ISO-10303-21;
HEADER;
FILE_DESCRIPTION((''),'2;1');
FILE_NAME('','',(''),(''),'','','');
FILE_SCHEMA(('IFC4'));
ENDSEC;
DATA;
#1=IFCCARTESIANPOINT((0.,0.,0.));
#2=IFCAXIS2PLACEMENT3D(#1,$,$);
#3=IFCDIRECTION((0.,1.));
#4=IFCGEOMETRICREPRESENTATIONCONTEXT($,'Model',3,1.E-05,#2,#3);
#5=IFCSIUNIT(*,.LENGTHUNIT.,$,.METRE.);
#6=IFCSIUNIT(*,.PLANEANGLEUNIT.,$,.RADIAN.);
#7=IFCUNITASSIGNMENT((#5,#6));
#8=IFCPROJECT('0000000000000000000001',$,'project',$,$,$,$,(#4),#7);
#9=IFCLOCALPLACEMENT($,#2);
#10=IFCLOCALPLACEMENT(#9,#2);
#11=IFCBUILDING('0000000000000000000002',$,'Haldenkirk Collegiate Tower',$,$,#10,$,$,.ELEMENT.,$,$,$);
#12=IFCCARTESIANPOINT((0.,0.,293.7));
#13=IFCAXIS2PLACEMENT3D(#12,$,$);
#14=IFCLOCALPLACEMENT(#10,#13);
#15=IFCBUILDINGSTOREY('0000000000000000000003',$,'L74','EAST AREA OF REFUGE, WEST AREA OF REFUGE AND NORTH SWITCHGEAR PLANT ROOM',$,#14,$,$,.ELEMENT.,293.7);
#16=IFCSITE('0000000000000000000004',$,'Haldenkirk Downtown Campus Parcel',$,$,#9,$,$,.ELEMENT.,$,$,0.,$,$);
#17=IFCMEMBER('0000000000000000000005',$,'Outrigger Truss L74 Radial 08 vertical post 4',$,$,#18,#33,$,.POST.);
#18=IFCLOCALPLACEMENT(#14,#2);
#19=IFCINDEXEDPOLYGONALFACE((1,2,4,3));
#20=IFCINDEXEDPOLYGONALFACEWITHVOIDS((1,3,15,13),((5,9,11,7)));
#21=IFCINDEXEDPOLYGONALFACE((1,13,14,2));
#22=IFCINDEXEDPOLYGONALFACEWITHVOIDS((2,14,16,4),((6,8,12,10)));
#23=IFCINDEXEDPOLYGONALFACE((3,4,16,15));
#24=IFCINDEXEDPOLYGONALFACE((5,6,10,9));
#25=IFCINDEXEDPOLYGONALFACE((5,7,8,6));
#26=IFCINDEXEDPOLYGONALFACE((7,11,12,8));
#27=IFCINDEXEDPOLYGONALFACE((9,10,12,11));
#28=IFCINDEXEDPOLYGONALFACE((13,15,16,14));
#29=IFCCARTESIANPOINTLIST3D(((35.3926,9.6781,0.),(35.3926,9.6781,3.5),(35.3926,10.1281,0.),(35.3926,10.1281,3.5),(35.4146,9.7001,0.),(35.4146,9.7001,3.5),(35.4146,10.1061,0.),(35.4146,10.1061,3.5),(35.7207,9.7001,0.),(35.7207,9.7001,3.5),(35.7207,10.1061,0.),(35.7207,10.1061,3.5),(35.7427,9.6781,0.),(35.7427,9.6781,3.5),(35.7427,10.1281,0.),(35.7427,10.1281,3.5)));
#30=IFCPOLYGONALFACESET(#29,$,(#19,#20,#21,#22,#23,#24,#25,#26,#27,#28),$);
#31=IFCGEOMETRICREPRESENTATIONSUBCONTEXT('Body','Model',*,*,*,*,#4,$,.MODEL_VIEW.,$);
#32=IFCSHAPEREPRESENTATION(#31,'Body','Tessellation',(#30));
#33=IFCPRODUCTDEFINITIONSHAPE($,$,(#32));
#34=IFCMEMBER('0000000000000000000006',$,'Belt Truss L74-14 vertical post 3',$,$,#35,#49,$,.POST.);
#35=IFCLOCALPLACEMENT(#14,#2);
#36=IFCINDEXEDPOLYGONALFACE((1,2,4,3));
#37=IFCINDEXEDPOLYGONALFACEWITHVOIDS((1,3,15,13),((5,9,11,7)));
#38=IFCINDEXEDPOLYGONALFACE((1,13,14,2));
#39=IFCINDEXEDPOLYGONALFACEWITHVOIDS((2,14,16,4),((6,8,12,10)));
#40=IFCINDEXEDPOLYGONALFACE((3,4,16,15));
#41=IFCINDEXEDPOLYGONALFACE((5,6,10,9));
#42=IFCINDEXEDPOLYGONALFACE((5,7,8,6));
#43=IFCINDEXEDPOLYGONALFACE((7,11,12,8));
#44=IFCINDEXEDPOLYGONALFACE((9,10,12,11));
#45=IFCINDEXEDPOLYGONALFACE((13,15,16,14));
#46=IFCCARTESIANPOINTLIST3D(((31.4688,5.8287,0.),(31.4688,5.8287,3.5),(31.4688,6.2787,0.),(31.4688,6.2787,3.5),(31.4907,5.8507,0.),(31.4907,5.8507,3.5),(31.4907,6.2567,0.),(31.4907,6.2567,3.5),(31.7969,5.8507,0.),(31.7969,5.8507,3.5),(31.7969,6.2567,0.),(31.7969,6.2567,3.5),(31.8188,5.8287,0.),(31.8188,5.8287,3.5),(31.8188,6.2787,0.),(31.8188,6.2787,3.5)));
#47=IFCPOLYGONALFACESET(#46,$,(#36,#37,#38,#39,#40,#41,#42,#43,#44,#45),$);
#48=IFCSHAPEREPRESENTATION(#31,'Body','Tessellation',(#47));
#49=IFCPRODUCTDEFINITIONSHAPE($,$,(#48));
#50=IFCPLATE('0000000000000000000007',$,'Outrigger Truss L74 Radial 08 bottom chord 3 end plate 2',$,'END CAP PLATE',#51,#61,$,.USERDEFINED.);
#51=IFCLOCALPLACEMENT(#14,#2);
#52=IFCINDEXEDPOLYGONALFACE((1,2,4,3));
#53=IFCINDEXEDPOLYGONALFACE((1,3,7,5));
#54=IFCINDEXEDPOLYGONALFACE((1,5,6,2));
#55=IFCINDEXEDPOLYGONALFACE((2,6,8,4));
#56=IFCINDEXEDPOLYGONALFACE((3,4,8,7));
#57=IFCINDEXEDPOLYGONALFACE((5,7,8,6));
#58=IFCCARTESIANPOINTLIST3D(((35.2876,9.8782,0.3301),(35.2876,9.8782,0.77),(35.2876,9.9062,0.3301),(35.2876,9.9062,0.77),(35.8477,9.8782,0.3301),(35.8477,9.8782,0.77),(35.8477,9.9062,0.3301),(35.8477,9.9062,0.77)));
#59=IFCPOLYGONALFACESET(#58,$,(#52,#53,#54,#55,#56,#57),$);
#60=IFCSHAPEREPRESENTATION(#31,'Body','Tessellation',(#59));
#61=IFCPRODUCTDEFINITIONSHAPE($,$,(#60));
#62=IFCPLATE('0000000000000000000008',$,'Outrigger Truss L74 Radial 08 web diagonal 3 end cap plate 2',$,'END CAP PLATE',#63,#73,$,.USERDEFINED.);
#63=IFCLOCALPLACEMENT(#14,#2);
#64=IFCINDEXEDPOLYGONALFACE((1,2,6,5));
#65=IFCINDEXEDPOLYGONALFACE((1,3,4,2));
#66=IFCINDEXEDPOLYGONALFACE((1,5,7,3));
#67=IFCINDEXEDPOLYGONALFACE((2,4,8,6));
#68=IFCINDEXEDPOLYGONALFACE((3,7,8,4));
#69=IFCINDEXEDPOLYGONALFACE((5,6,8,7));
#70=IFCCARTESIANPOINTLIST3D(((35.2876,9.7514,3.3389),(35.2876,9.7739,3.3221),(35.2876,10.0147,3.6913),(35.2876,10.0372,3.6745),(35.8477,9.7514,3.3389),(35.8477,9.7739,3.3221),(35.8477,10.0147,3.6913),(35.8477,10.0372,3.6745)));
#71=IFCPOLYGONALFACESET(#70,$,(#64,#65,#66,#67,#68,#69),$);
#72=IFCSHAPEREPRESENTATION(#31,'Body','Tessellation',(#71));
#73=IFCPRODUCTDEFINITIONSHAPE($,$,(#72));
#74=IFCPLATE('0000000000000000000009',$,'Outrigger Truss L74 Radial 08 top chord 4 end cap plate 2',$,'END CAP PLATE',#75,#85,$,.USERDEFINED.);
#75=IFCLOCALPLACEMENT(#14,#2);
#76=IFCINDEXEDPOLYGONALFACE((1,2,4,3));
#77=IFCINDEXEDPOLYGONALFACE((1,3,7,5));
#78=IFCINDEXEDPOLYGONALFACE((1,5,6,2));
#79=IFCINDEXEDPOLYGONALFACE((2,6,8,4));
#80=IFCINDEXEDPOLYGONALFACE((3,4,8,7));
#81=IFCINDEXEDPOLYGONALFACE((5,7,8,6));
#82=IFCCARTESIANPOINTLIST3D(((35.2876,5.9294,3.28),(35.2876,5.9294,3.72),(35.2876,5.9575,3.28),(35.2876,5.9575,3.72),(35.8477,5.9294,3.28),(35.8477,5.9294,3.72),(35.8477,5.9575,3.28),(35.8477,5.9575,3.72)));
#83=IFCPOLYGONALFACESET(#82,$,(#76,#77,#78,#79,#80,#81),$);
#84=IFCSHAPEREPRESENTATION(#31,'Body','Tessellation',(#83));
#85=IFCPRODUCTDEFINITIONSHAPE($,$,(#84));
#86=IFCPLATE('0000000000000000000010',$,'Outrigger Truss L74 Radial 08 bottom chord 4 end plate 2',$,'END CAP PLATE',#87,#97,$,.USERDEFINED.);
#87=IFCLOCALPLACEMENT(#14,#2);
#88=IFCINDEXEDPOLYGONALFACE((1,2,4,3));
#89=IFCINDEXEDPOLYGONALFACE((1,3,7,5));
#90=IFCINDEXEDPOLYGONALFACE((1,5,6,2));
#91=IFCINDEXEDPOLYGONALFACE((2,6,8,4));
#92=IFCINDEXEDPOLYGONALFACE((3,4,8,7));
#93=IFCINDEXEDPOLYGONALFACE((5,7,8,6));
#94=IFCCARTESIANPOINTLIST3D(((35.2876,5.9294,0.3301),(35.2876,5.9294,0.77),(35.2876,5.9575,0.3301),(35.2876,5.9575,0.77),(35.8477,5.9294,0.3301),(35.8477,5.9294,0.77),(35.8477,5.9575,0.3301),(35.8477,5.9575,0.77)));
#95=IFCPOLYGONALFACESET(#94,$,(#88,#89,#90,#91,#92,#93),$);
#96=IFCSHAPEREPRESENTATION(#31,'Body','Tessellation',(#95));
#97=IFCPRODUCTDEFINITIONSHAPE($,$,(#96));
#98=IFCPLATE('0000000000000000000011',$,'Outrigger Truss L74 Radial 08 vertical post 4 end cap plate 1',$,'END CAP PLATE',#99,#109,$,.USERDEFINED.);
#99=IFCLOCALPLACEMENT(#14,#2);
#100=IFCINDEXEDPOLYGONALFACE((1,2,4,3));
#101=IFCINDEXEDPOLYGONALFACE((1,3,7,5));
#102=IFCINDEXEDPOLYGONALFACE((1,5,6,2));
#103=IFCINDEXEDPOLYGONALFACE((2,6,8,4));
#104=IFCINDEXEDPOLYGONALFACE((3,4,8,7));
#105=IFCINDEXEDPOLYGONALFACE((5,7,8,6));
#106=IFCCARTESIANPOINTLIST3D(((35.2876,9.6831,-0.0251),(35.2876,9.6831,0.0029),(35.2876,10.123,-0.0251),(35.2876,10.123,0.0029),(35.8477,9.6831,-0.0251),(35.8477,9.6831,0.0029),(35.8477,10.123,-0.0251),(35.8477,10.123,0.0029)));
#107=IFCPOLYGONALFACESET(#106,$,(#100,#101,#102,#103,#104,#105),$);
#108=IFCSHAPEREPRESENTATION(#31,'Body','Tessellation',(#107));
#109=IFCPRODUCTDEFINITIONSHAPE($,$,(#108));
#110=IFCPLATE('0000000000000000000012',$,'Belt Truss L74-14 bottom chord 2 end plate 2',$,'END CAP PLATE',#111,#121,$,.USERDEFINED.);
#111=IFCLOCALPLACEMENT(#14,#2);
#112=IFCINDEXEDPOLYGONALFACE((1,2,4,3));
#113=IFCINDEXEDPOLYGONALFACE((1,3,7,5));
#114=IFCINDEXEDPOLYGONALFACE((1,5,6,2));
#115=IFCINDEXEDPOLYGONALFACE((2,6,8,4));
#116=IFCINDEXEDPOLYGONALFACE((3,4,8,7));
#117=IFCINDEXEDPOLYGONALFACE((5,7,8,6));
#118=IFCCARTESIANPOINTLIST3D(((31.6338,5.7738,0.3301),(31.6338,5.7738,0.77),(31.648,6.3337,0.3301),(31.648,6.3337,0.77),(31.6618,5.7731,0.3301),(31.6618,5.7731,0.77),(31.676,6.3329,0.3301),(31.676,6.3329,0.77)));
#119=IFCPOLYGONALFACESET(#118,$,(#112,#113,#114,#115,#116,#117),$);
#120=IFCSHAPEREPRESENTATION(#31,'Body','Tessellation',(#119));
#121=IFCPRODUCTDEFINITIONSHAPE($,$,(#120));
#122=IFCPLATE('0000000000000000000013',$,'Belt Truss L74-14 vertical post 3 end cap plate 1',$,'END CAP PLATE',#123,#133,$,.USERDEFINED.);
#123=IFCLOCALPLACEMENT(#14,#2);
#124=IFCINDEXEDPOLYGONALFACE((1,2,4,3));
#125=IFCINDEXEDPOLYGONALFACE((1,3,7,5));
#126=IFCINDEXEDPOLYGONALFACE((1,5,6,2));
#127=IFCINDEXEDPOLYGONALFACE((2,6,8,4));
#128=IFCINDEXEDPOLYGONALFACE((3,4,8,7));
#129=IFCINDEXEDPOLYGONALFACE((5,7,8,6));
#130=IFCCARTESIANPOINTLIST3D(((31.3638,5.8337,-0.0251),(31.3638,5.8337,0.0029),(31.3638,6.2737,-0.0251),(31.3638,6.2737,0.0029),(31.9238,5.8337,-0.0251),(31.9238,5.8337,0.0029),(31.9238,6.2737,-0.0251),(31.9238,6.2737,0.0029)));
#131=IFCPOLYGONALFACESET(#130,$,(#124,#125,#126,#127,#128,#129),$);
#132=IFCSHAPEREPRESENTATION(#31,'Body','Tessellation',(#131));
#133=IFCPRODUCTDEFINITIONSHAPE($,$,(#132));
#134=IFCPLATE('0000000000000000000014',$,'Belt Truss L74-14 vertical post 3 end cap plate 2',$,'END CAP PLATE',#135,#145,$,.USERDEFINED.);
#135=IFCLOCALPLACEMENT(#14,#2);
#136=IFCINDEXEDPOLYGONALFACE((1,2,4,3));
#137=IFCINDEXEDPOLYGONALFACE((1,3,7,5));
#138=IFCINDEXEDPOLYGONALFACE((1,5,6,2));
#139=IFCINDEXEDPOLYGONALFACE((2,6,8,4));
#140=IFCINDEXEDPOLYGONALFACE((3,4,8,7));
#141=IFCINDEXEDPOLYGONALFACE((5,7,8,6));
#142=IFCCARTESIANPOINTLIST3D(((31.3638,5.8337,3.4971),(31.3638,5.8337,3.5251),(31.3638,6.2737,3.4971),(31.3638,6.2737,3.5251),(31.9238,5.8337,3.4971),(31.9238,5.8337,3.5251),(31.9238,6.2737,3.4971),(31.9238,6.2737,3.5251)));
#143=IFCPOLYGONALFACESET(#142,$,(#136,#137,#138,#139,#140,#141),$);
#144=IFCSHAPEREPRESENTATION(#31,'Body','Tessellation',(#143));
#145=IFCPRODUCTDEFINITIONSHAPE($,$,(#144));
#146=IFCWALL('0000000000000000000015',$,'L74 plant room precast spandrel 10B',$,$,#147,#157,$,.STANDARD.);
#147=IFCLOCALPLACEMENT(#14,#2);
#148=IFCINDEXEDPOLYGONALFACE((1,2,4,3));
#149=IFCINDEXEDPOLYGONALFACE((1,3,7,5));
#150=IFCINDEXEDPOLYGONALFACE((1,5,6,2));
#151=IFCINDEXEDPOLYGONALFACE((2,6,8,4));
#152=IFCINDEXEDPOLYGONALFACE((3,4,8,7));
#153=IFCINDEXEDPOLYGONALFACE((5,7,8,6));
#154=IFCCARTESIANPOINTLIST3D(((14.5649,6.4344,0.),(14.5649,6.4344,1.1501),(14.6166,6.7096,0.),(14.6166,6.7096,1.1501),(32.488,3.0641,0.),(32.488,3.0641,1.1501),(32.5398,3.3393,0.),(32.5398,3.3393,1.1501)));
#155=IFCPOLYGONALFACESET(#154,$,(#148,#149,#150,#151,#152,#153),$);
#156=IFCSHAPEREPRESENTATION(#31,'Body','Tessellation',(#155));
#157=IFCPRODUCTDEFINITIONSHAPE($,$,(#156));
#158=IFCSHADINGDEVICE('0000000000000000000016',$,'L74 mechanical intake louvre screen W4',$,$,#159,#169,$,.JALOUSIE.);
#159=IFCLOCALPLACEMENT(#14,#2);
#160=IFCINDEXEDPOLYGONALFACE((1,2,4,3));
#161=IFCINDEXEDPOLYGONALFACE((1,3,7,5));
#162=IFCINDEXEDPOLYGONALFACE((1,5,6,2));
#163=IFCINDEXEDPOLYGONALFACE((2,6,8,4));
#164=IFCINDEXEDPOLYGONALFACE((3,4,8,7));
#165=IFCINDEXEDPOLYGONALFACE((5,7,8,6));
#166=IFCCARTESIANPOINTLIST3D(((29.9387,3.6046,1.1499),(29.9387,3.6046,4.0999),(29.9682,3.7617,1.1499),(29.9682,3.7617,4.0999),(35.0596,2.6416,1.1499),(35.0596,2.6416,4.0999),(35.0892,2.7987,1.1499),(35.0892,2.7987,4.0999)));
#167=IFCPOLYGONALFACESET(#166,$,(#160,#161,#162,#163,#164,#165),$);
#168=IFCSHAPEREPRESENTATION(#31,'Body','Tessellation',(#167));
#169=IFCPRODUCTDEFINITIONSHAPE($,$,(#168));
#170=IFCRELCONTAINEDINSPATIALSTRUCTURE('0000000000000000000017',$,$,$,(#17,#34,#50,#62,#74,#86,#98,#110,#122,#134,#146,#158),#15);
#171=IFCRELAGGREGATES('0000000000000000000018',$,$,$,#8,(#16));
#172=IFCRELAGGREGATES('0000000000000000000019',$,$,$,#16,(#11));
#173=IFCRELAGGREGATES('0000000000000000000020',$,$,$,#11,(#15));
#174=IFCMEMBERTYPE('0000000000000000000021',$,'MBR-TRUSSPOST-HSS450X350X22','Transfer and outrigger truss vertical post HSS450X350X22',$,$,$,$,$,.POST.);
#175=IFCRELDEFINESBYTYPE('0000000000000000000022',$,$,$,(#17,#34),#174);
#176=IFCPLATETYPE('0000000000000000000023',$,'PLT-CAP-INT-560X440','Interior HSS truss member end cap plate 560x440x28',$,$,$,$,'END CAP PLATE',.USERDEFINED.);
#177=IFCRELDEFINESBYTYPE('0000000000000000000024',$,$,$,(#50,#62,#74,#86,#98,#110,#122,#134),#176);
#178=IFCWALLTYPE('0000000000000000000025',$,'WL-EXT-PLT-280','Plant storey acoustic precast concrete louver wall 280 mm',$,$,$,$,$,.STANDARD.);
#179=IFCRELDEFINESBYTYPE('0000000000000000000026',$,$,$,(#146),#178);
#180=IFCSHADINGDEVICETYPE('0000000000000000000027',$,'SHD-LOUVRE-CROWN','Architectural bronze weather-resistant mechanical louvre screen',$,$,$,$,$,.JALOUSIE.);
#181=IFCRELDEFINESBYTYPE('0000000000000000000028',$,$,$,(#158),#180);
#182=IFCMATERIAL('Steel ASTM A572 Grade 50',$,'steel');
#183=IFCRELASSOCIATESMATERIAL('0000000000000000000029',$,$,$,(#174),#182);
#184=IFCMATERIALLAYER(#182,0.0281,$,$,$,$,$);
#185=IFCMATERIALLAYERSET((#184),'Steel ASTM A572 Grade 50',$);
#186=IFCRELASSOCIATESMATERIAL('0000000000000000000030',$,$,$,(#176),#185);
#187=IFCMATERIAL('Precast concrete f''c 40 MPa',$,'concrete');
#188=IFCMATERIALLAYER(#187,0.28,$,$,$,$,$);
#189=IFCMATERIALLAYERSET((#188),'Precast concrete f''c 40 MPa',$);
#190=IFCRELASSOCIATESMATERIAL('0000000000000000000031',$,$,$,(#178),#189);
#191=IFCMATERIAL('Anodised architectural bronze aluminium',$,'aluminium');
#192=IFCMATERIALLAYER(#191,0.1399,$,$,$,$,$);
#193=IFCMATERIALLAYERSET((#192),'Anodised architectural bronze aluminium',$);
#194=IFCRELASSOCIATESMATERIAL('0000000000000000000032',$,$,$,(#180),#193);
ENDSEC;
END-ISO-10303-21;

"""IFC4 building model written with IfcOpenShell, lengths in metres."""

from ifc_helpers import new_model, si_unit, direction, frame, frame_2d, origin, origin_2d, place, context, subcontext, project, spatial, rectangle, hollow_rectangle, extrude, source, transform, mapped, material, layer, layer_set, material_profile, profile_set, type_object, element, save


model = new_model("IFC4")

# Units and contexts
model_context = context("Model", 3, precision=1e-05, world=origin(), true_north=direction((0.0, 1.0)))
body_context = subcontext(model_context, "Body", "Model", "MODEL_VIEW")
ifc_project = project(units=[si_unit("LENGTHUNIT", "METRE"), si_unit("PLANEANGLEUNIT", "RADIAN")], contexts=[model_context])

# Site, building, storey
site_placement = place(None, origin())
site = spatial("IfcSite", under=ifc_project, at=site_placement, Name="Haldenkirk Downtown Campus Parcel", CompositionType="ELEMENT", RefElevation=0.0)
building_placement = place(site_placement, origin())
building = spatial("IfcBuilding", under=site, at=building_placement, Name="Haldenkirk Collegiate Tower", CompositionType="ELEMENT")
storey_placement = place(building_placement, frame((0.0, 0.0, 293.7)))
storey = spatial("IfcBuildingStorey", under=building, at=storey_placement, Name="L74", Description="EAST AREA OF REFUGE, WEST AREA OF REFUGE AND NORTH SWITCHGEAR PLANT ROOM", CompositionType="ELEMENT", Elevation=293.7)

# Members
ifc_material_1 = material(Name="Steel ASTM A572 Grade 50", Category="steel")
ifc_material_profile_1 = material_profile(ifc_material_1, hollow_rectangle(XDim=0.3501, YDim=0.45, WallThickness=0.022, at=origin_2d()), Name="HSS450X350X22")
ifc_profile_set_1 = profile_set([ifc_material_profile_1], Name="Steel ASTM A572 Grade 50")
member_type_1 = type_object("IfcMemberType", Name="MBR-TRUSSPOST-HSS450X350X22", Description="Transfer and outrigger truss vertical post HSS450X350X22", PredefinedType="POST", material=ifc_profile_set_1)
for number, where, z_axis, x_axis, name in (
    (1, (35.5676, 9.9031, 0.0), (0.0, 0.0, 1.0), (1.0, 0.0, 0.0), "Outrigger Truss L74 Radial 08 vertical post 4"),
    (2, (31.6438, 6.0537, 0.0), (0.0, 0.0, 1.0), (1.0, 0.0, 0.0), "Belt Truss L74-14 vertical post 3"),
):
    element("IfcMember", number, at=place(storey_placement, frame(where, z_axis=z_axis, x_axis=x_axis)), inside=storey, type_object=member_type_1, Name=name, PredefinedType="POST", context=body_context, shape_type="SweptSolid", body=[
        extrude(hollow_rectangle(XDim=0.3501, YDim=0.45, WallThickness=0.022, at=origin_2d()), origin(), (0.0, 0.0, 1.0), 3.5),
    ])

# Plates
ifc_layer_1 = layer(ifc_material_1, 0.0281)
ifc_layer_set_1 = layer_set([ifc_layer_1], Name="Steel ASTM A572 Grade 50")
plate_type = type_object("IfcPlateType", Name="PLT-CAP-INT-560X440", Description="Interior HSS truss member end cap plate 560x440x28", ElementType="END CAP PLATE", PredefinedType="USERDEFINED", material=ifc_layer_set_1)
shared_shape_1 = source(origin(), body_context, "Body", "SweptSolid", [
    extrude(rectangle(XDim=0.5601, YDim=0.4399, at=origin_2d()), origin(), (0.0, 0.0, 1.0), 0.0281),
])
for number, where, z_axis, x_axis, name in (
    (3, (35.5676, 9.9062, 0.55), (0.0, -1.0, 0.0), (1.0, 0.0, 0.0), "Outrigger Truss L74 Radial 08 bottom chord 3 end plate 2"),
    (4, (35.5676, 9.9055, 3.4983), (0.0, -0.801106, 0.598522), (1.0, 0.0, 0.0), "Outrigger Truss L74 Radial 08 web diagonal 3 end cap plate 2"),
    (5, (35.5676, 5.9575, 3.5), (0.0, -1.0, 0.0), (1.0, 0.0, 0.0), "Outrigger Truss L74 Radial 08 top chord 4 end cap plate 2"),
    (6, (35.5676, 5.9575, 0.55), (0.0, -1.0, 0.0), (1.0, 0.0, 0.0), "Outrigger Truss L74 Radial 08 bottom chord 4 end plate 2"),
    (7, (35.5676, 9.9031, 0.0029), (0.0, 0.0, -1.0), (1.0, 0.0, 0.0), "Outrigger Truss L74 Radial 08 vertical post 4 end cap plate 1"),
    (8, (31.6409, 6.0537, 0.55), (0.99968, -0.025308, 0.0), (0.025308, 0.99968, 0.0), "Belt Truss L74-14 bottom chord 2 end plate 2"),
    (9, (31.6438, 6.0537, 0.0029), (0.0, 0.0, -1.0), (1.0, 0.0, 0.0), "Belt Truss L74-14 vertical post 3 end cap plate 1"),
    (10, (31.6438, 6.0537, 3.4971), (0.0, 0.0, 1.0), (1.0, 0.0, 0.0), "Belt Truss L74-14 vertical post 3 end cap plate 2"),
):
    element("IfcPlate", number, at=place(storey_placement, frame(where, z_axis=z_axis, x_axis=x_axis)), inside=storey, type_object=plate_type, Name=name, ObjectType="END CAP PLATE", PredefinedType="USERDEFINED", context=body_context, shape_type="MappedRepresentation", body=[
        mapped(shared_shape_1, transform((0.0, 0.0, 0.0), x_axis=(1.0, 0.0, 0.0), y_axis=(0.0, 1.0, 0.0), z_axis=(0.0, 0.0, 1.0), scale=1.0)),
    ])

# Wall
ifc_material_2 = material(Name="Precast concrete f'c 40 MPa", Category="concrete")
ifc_layer_2 = layer(ifc_material_2, 0.28)
ifc_layer_set_2 = layer_set([ifc_layer_2], Name="Precast concrete f'c 40 MPa")
wall_type = type_object("IfcWallType", Name="WL-EXT-PLT-280", Description="Plant storey acoustic precast concrete louver wall 280 mm", PredefinedType="STANDARD", material=ifc_layer_set_2)
wall_placement = place(storey_placement, frame((32.5139, 3.2017, 0.0), z_axis=(0.0, 0.0, 1.0), x_axis=(-0.982775, 0.184807, 0.0)))
element("IfcWall", 11, at=wall_placement, inside=storey, type_object=wall_type, Name="L74 plant room precast spandrel 10B", PredefinedType="STANDARD", context=body_context, shape_type="SweptSolid", body=[
    extrude(rectangle(XDim=18.2373, YDim=0.28, at=frame_2d((9.1187, 0.0))), origin(), (0.0, 0.0, 1.0), 1.1501),
])

# Shading device
ifc_material_3 = material(Name="Anodised architectural bronze aluminium", Category="aluminium")
ifc_layer_3 = layer(ifc_material_3, 0.1399)
ifc_layer_set_3 = layer_set([ifc_layer_3], Name="Anodised architectural bronze aluminium")
shading_device_type = type_object("IfcShadingDeviceType", Name="SHD-LOUVRE-CROWN", Description="Architectural bronze weather-resistant mechanical louvre screen", PredefinedType="JALOUSIE", material=ifc_layer_set_3)
shared_shape_2 = source(origin(), body_context, "Body", "SweptSolid", [
    extrude(rectangle(XDim=5.2107, YDim=0.1599, at=origin_2d()), origin(), (0.0, 0.0, 1.0), 2.95),
])
shading_device_placement = place(storey_placement, frame((32.5139, 3.2017, 1.1499), z_axis=(0.0, 0.0, 1.0), x_axis=(-0.982774, 0.184809, 0.0)))
element("IfcShadingDevice", 12, at=shading_device_placement, inside=storey, type_object=shading_device_type, Name="L74 mechanical intake louvre screen W4", PredefinedType="JALOUSIE", context=body_context, shape_type="MappedRepresentation", body=[
    mapped(shared_shape_2, transform((0.0, 0.0, 0.0), x_axis=(1.0, 0.0, 0.0), y_axis=(0.0, 1.0, 0.0), z_axis=(0.0, 0.0, 1.0), scale=1.0)),
])

save(model, "model.ifc")
